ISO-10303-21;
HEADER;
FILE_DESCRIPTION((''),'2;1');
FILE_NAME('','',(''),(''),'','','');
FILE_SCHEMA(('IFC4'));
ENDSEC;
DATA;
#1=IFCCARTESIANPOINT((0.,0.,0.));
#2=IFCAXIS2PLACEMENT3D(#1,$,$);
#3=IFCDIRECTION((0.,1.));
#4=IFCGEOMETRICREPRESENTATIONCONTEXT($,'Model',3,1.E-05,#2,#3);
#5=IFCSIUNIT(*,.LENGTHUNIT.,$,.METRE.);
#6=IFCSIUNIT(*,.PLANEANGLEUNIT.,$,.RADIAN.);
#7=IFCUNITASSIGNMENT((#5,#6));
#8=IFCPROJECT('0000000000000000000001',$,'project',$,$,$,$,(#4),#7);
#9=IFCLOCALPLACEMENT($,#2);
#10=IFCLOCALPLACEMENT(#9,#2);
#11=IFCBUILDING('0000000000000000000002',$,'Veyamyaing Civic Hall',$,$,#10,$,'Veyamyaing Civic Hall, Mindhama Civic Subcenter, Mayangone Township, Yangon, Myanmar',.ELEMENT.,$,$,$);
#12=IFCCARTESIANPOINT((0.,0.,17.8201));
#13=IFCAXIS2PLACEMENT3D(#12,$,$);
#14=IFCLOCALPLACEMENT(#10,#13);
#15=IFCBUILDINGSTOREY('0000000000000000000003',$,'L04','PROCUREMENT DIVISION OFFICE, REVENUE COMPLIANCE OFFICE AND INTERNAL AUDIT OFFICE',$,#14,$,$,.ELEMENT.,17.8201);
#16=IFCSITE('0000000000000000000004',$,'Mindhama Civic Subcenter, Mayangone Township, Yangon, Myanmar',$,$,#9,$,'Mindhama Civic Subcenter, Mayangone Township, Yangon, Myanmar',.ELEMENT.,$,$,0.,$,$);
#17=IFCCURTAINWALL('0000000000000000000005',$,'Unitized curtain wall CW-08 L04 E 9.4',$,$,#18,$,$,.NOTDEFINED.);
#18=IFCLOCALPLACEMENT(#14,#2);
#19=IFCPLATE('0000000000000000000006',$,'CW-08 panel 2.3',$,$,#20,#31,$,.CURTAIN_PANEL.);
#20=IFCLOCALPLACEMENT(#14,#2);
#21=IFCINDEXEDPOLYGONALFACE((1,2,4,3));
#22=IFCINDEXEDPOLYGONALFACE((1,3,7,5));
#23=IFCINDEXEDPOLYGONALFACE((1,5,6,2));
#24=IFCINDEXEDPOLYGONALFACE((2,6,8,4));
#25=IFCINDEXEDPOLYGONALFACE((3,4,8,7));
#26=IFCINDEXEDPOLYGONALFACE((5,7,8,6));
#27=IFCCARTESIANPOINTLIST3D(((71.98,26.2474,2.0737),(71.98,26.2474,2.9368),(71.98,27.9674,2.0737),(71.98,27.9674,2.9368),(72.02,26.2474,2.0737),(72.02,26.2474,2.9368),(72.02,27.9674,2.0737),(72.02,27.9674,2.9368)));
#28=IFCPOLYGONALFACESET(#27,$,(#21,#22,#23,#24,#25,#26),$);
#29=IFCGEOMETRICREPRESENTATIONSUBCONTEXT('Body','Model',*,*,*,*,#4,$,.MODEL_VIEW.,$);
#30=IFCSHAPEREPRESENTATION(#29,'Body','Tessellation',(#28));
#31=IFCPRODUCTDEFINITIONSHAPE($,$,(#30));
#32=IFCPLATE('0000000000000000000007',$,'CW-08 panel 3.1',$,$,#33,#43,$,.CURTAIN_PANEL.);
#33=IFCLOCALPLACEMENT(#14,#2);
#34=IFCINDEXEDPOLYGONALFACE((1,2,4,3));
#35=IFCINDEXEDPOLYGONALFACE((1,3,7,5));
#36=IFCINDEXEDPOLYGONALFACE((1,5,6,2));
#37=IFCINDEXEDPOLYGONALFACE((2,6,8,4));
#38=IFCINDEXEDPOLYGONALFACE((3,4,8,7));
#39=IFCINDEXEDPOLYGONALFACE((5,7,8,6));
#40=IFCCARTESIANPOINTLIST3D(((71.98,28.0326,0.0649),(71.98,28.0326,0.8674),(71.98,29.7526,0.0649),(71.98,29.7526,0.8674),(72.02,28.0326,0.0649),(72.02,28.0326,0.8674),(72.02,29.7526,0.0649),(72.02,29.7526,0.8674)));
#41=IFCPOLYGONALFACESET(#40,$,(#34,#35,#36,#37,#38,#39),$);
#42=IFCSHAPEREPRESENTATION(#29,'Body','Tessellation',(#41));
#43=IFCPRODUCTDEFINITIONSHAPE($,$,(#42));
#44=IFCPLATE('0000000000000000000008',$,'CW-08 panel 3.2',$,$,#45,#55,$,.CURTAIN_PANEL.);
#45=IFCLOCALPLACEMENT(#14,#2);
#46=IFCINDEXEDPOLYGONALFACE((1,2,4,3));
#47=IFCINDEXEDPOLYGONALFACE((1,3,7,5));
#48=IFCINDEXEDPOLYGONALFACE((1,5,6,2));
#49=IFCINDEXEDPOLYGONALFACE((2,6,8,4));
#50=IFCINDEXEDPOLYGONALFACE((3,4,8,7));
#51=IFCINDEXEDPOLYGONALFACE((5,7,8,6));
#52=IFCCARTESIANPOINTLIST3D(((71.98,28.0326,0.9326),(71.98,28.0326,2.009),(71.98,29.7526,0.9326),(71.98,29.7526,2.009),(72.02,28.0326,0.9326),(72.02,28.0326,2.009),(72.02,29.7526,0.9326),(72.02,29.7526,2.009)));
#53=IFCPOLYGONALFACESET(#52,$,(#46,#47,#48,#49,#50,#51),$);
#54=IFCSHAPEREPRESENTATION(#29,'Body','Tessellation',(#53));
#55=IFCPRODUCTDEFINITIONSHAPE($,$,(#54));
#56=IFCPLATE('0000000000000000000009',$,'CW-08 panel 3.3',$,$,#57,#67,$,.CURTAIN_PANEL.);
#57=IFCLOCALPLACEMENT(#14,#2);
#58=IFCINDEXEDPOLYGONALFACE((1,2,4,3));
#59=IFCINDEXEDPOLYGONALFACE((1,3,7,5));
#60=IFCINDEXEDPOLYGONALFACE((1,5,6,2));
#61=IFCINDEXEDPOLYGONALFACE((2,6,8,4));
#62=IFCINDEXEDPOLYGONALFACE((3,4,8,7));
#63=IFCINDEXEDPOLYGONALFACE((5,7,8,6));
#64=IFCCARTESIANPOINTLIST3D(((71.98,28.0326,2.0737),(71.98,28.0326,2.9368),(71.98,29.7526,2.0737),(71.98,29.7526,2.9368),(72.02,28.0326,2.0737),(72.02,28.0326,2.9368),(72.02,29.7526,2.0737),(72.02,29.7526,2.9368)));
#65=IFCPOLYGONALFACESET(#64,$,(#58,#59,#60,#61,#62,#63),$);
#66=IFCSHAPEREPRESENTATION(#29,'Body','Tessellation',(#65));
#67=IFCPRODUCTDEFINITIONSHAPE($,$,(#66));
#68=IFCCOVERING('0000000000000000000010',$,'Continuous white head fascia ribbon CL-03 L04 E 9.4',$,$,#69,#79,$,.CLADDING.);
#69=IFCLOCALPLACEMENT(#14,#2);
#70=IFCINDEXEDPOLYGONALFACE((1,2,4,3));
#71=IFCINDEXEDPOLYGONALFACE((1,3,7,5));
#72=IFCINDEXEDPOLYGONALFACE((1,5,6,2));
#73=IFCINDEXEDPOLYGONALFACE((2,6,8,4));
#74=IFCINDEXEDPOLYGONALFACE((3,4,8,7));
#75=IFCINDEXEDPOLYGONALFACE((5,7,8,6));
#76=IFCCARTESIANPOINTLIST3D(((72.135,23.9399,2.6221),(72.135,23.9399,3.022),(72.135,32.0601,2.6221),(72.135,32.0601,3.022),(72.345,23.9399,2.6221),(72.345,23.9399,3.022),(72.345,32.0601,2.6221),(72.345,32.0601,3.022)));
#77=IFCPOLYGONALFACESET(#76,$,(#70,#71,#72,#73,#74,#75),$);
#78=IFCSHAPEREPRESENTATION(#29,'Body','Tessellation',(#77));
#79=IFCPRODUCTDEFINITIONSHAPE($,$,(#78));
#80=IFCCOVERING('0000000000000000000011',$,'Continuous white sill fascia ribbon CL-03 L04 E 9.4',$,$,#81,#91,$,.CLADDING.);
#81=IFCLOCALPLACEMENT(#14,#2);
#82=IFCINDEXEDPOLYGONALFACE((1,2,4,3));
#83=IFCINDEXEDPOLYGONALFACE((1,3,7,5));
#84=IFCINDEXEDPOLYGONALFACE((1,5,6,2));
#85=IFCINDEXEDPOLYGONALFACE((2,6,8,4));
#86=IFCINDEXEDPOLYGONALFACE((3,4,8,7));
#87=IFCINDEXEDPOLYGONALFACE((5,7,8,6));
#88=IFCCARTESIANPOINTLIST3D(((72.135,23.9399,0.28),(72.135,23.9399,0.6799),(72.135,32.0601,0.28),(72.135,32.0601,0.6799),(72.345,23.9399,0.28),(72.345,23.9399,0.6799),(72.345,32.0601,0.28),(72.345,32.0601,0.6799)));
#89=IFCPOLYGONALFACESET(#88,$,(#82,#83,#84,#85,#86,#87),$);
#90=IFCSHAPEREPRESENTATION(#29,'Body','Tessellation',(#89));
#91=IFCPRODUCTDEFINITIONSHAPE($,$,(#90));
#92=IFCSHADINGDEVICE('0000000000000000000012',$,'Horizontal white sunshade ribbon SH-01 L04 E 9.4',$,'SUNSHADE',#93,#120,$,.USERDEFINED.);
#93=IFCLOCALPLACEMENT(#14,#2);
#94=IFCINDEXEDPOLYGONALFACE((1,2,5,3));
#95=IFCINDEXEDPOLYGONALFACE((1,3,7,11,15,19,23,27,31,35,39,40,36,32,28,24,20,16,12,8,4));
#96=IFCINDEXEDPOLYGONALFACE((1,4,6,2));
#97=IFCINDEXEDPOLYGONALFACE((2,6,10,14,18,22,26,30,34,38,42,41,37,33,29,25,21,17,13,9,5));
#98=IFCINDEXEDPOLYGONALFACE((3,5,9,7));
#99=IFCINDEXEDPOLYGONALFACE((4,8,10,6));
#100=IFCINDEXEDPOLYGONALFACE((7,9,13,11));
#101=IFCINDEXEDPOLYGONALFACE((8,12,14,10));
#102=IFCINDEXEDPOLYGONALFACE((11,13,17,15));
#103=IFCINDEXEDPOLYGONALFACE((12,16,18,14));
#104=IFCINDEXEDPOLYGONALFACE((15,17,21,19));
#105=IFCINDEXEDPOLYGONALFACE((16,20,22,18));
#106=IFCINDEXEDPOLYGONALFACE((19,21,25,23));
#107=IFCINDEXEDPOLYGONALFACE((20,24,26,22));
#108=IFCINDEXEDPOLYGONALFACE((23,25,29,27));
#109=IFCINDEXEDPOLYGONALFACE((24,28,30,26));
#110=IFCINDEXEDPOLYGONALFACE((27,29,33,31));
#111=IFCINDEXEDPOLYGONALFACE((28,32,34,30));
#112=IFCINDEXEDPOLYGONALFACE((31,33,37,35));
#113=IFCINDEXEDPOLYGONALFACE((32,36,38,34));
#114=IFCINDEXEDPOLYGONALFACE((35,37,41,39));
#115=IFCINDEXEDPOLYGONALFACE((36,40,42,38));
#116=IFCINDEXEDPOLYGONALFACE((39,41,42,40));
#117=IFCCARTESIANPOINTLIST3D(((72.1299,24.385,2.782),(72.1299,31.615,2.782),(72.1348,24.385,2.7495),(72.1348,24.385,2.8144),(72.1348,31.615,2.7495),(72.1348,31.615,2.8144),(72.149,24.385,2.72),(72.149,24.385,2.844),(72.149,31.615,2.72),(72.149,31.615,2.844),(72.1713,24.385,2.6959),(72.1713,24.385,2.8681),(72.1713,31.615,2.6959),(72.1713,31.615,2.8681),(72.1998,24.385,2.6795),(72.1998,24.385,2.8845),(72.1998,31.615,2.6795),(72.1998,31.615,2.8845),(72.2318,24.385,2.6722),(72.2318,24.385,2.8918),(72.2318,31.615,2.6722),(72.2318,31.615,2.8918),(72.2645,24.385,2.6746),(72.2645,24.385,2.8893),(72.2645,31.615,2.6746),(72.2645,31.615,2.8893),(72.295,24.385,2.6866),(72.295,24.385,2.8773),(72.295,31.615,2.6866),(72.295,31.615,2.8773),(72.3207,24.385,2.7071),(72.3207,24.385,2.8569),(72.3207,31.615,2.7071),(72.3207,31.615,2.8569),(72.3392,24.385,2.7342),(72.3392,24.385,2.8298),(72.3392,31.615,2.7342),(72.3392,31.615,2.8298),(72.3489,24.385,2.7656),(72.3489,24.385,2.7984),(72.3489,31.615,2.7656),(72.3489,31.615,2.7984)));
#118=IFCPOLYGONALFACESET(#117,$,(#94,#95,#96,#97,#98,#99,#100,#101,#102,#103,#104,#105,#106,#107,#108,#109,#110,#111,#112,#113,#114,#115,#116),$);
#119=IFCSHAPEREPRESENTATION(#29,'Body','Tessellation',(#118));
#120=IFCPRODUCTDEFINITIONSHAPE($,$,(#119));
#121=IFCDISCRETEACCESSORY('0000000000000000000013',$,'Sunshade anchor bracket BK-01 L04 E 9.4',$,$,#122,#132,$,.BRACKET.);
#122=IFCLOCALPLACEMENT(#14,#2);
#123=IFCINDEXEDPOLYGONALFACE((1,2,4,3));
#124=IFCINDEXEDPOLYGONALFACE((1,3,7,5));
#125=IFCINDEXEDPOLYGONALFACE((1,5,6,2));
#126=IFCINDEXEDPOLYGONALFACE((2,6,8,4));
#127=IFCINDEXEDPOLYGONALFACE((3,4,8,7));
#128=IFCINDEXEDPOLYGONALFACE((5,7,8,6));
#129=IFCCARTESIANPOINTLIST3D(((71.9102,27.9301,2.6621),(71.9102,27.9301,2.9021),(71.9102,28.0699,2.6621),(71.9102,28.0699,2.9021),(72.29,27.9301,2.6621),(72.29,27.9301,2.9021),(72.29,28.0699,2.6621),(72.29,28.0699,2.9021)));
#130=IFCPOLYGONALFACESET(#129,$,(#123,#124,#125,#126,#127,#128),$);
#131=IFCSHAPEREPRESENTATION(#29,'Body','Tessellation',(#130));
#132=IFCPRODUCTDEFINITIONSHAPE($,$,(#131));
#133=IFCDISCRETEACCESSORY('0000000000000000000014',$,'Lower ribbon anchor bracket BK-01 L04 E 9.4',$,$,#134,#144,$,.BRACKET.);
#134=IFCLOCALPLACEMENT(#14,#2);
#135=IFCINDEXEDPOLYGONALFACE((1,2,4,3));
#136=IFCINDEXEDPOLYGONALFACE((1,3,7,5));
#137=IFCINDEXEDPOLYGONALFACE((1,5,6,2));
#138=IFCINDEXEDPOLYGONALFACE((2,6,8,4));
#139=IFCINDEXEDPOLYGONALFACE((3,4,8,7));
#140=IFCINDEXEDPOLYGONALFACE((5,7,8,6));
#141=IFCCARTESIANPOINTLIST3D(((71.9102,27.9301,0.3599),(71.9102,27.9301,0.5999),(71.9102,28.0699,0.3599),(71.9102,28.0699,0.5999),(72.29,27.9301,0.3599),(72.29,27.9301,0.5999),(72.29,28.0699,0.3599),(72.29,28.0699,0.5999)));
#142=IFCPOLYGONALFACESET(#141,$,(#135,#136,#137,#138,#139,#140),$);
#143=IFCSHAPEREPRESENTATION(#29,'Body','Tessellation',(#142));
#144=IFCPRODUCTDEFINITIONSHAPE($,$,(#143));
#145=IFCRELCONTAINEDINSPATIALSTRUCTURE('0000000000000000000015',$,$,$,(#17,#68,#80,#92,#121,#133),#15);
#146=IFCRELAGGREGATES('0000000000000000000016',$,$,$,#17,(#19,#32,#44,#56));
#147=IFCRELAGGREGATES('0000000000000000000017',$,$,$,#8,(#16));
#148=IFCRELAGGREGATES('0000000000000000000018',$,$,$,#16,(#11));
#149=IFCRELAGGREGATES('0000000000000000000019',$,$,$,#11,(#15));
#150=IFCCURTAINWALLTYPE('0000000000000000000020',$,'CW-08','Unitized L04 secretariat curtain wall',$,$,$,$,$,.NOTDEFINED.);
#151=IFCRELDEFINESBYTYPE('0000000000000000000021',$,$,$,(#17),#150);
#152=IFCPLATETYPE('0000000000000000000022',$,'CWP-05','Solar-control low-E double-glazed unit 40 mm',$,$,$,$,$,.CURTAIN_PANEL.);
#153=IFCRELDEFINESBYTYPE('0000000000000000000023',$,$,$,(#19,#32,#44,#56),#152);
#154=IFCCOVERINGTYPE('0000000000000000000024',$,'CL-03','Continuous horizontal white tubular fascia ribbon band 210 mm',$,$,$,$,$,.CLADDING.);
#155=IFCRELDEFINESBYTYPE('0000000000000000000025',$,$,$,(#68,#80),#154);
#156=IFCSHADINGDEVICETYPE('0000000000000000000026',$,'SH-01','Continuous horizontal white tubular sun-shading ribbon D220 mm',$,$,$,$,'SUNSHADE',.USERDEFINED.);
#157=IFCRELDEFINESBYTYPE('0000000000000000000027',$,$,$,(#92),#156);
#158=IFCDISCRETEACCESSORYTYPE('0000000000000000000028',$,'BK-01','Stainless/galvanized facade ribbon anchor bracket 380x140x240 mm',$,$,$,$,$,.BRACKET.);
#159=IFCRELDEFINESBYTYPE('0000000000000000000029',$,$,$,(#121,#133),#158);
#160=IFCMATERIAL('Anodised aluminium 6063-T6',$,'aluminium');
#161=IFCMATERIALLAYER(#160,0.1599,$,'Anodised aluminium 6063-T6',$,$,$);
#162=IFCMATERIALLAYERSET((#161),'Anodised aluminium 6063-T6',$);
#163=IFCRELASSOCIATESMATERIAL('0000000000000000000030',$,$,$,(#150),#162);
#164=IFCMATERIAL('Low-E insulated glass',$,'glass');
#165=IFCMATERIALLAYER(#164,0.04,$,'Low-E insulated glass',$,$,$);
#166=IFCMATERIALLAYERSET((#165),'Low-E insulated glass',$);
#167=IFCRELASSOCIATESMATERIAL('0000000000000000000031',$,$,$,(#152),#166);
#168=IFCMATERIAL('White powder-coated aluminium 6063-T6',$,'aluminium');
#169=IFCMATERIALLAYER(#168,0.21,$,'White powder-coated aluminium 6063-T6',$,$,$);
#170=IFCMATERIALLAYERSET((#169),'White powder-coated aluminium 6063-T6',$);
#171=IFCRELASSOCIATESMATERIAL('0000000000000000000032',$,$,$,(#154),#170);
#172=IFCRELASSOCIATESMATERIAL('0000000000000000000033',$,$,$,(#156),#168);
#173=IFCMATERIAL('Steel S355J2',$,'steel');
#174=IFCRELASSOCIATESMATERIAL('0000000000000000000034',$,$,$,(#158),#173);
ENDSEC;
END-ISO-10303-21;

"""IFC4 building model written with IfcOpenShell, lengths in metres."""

from ifc_helpers import new_model, si_unit, direction, frame, origin, origin_2d, place, context, subcontext, project, spatial, rectangle, circle, extrude, material, layer, layer_set, material_profile, profile_set, type_object, element, aggregate, save


model = new_model("IFC4")

# Units and contexts
model_context = context("Model", 3, precision=1e-05, world=origin(), true_north=direction((0.0, 1.0)))
body_context = subcontext(model_context, "Body", "Model", "MODEL_VIEW")
ifc_project = project(units=[si_unit("LENGTHUNIT", "METRE"), si_unit("PLANEANGLEUNIT", "RADIAN")], contexts=[model_context])

# Site, building, storey
site_placement = place(None, origin())
site = spatial("IfcSite", under=ifc_project, at=site_placement, Name="Mindhama Civic Subcenter, Mayangone Township, Yangon, Myanmar", LongName="Mindhama Civic Subcenter, Mayangone Township, Yangon, Myanmar", CompositionType="ELEMENT", RefElevation=0.0)
building_placement = place(site_placement, origin())
building = spatial("IfcBuilding", under=site, at=building_placement, Name="Veyamyaing Civic Hall", LongName="Veyamyaing Civic Hall, Mindhama Civic Subcenter, Mayangone Township, Yangon, Myanmar", CompositionType="ELEMENT")
storey_placement = place(building_placement, frame((0.0, 0.0, 17.8201)))
storey = spatial("IfcBuildingStorey", under=building, at=storey_placement, Name="L04", Description="PROCUREMENT DIVISION OFFICE, REVENUE COMPLIANCE OFFICE AND INTERNAL AUDIT OFFICE", CompositionType="ELEMENT", Elevation=17.8201)

# Shared definitions
ifc_material_1 = material(Name="Steel S355J2", Category="steel")

# Curtain wall
ifc_material_2 = material(Name="Anodised aluminium 6063-T6", Category="aluminium")
ifc_layer_1 = layer(ifc_material_2, 0.1599, Name="Anodised aluminium 6063-T6")
ifc_layer_set_1 = layer_set([ifc_layer_1], Name="Anodised aluminium 6063-T6")
curtain_wall_type = type_object("IfcCurtainWallType", Name="CW-08", Description="Unitized L04 secretariat curtain wall", PredefinedType="NOTDEFINED", material=ifc_layer_set_1)
curtain_wall_placement = place(storey_placement, origin())
curtain_wall = element("IfcCurtainWall", 1, at=curtain_wall_placement, inside=storey, type_object=curtain_wall_type, Name="Unitized curtain wall CW-08 L04 E 9.4", PredefinedType="NOTDEFINED")

# Plates
ifc_material_3 = material(Name="Low-E insulated glass", Category="glass")
ifc_layer_2 = layer(ifc_material_3, 0.04, Name="Low-E insulated glass")
ifc_layer_set_2 = layer_set([ifc_layer_2], Name="Low-E insulated glass")
plate_type = type_object("IfcPlateType", Name="CWP-05", Description="Solar-control low-E double-glazed unit 40 mm", PredefinedType="CURTAIN_PANEL", material=ifc_layer_set_2)
plate_1_placement = place(storey_placement, frame((72.0, 27.1074, 2.0737), z_axis=(0.0, 0.0, 1.0), x_axis=(0.0, 1.0, 0.0)))
plate_1 = element("IfcPlate", 2, at=plate_1_placement, type_object=plate_type, Name="CW-08 panel 2.3", PredefinedType="CURTAIN_PANEL", context=body_context, shape_type="SweptSolid", body=[
    extrude(rectangle(XDim=1.72, YDim=0.04, at=origin_2d()), origin(), (0.0, 0.0, 1.0), 0.863),
])
plate_2_placement = place(storey_placement, frame((72.0, 28.8926, 0.0649), z_axis=(0.0, 0.0, 1.0), x_axis=(0.0, 1.0, 0.0)))
plate_2 = element("IfcPlate", 3, at=plate_2_placement, type_object=plate_type, Name="CW-08 panel 3.1", PredefinedType="CURTAIN_PANEL", context=body_context, shape_type="SweptSolid", body=[
    extrude(rectangle(XDim=1.72, YDim=0.04, at=origin_2d()), origin(), (0.0, 0.0, 1.0), 0.8025),
])
plate_3_placement = place(storey_placement, frame((72.0, 28.8926, 0.9326), z_axis=(0.0, 0.0, 1.0), x_axis=(0.0, 1.0, 0.0)))
plate_3 = element("IfcPlate", 4, at=plate_3_placement, type_object=plate_type, Name="CW-08 panel 3.2", PredefinedType="CURTAIN_PANEL", context=body_context, shape_type="SweptSolid", body=[
    extrude(rectangle(XDim=1.72, YDim=0.04, at=origin_2d()), origin(), (0.0, 0.0, 1.0), 1.0764),
])
plate_4_placement = place(storey_placement, frame((72.0, 28.8926, 2.0737), z_axis=(0.0, 0.0, 1.0), x_axis=(0.0, 1.0, 0.0)))
plate_4 = element("IfcPlate", 5, at=plate_4_placement, type_object=plate_type, Name="CW-08 panel 3.3", PredefinedType="CURTAIN_PANEL", context=body_context, shape_type="SweptSolid", body=[
    extrude(rectangle(XDim=1.72, YDim=0.04, at=origin_2d()), origin(), (0.0, 0.0, 1.0), 0.863),
])
aggregate(curtain_wall, [plate_1, plate_2, plate_3, plate_4])

# Coverings
ifc_material_4 = material(Name="White powder-coated aluminium 6063-T6", Category="aluminium")
ifc_layer_3 = layer(ifc_material_4, 0.21, Name="White powder-coated aluminium 6063-T6")
ifc_layer_set_3 = layer_set([ifc_layer_3], Name="White powder-coated aluminium 6063-T6")
covering_type = type_object("IfcCoveringType", Name="CL-03", Description="Continuous horizontal white tubular fascia ribbon band 210 mm", PredefinedType="CLADDING", material=ifc_layer_set_3)
for number, where, z_axis, x_axis, name in (
    (6, (72.24, 28.0, 2.6221), (0.0, 0.0, 1.0), (0.0, 1.0, 0.0), "Continuous white head fascia ribbon CL-03 L04 E 9.4"),
    (7, (72.24, 28.0, 0.28), (0.0, 0.0, 1.0), (0.0, 1.0, 0.0), "Continuous white sill fascia ribbon CL-03 L04 E 9.4"),
):
    element("IfcCovering", number, at=place(storey_placement, frame(where, z_axis=z_axis, x_axis=x_axis)), inside=storey, type_object=covering_type, Name=name, PredefinedType="CLADDING", context=body_context, shape_type="SweptSolid", body=[
        extrude(rectangle(XDim=8.1201, YDim=0.21, at=origin_2d()), origin(), (0.0, 0.0, 1.0), 0.3999),
    ])

# Shading device
ifc_material_profile_1 = material_profile(ifc_material_4, circle(Radius=0.1101, at=origin_2d()), Name="SHADE-TUBE-220")
ifc_profile_set_1 = profile_set([ifc_material_profile_1], Name="White powder-coated aluminium 6063-T6")
shading_device_type = type_object("IfcShadingDeviceType", Name="SH-01", Description="Continuous horizontal white tubular sun-shading ribbon D220 mm", ElementType="SUNSHADE", PredefinedType="USERDEFINED", material=ifc_profile_set_1)
shading_device_placement = place(storey_placement, frame((72.24, 24.385, 2.782), z_axis=(0.0, 1.0, 0.0), x_axis=(-1.0, 0.0, 0.0)))
element("IfcShadingDevice", 8, at=shading_device_placement, inside=storey, type_object=shading_device_type, Name="Horizontal white sunshade ribbon SH-01 L04 E 9.4", ObjectType="SUNSHADE", PredefinedType="USERDEFINED", context=body_context, shape_type="SweptSolid", body=[
    extrude(circle(Radius=0.1101, at=origin_2d()), origin(), (0.0, 0.0, 1.0), 7.23),
])

# Discrete accessories
discrete_accessory_type = type_object("IfcDiscreteAccessoryType", Name="BK-01", Description="Stainless/galvanized facade ribbon anchor bracket 380x140x240 mm", PredefinedType="BRACKET", material=ifc_material_1)
for number, where, z_axis, x_axis, name in (
    (9, (72.1001, 28.0, 2.6621), (0.0, 0.0, 1.0), (1.0, 0.0, 0.0), "Sunshade anchor bracket BK-01 L04 E 9.4"),
    (10, (72.1001, 28.0, 0.3599), (0.0, 0.0, 1.0), (1.0, 0.0, 0.0), "Lower ribbon anchor bracket BK-01 L04 E 9.4"),
):
    element("IfcDiscreteAccessory", number, at=place(storey_placement, frame(where, z_axis=z_axis, x_axis=x_axis)), inside=storey, type_object=discrete_accessory_type, Name=name, PredefinedType="BRACKET", context=body_context, shape_type="SweptSolid", body=[
        extrude(rectangle(XDim=0.3799, YDim=0.1399, at=origin_2d()), origin(), (0.0, 0.0, 1.0), 0.24),
    ])

save(model, "model.ifc")
